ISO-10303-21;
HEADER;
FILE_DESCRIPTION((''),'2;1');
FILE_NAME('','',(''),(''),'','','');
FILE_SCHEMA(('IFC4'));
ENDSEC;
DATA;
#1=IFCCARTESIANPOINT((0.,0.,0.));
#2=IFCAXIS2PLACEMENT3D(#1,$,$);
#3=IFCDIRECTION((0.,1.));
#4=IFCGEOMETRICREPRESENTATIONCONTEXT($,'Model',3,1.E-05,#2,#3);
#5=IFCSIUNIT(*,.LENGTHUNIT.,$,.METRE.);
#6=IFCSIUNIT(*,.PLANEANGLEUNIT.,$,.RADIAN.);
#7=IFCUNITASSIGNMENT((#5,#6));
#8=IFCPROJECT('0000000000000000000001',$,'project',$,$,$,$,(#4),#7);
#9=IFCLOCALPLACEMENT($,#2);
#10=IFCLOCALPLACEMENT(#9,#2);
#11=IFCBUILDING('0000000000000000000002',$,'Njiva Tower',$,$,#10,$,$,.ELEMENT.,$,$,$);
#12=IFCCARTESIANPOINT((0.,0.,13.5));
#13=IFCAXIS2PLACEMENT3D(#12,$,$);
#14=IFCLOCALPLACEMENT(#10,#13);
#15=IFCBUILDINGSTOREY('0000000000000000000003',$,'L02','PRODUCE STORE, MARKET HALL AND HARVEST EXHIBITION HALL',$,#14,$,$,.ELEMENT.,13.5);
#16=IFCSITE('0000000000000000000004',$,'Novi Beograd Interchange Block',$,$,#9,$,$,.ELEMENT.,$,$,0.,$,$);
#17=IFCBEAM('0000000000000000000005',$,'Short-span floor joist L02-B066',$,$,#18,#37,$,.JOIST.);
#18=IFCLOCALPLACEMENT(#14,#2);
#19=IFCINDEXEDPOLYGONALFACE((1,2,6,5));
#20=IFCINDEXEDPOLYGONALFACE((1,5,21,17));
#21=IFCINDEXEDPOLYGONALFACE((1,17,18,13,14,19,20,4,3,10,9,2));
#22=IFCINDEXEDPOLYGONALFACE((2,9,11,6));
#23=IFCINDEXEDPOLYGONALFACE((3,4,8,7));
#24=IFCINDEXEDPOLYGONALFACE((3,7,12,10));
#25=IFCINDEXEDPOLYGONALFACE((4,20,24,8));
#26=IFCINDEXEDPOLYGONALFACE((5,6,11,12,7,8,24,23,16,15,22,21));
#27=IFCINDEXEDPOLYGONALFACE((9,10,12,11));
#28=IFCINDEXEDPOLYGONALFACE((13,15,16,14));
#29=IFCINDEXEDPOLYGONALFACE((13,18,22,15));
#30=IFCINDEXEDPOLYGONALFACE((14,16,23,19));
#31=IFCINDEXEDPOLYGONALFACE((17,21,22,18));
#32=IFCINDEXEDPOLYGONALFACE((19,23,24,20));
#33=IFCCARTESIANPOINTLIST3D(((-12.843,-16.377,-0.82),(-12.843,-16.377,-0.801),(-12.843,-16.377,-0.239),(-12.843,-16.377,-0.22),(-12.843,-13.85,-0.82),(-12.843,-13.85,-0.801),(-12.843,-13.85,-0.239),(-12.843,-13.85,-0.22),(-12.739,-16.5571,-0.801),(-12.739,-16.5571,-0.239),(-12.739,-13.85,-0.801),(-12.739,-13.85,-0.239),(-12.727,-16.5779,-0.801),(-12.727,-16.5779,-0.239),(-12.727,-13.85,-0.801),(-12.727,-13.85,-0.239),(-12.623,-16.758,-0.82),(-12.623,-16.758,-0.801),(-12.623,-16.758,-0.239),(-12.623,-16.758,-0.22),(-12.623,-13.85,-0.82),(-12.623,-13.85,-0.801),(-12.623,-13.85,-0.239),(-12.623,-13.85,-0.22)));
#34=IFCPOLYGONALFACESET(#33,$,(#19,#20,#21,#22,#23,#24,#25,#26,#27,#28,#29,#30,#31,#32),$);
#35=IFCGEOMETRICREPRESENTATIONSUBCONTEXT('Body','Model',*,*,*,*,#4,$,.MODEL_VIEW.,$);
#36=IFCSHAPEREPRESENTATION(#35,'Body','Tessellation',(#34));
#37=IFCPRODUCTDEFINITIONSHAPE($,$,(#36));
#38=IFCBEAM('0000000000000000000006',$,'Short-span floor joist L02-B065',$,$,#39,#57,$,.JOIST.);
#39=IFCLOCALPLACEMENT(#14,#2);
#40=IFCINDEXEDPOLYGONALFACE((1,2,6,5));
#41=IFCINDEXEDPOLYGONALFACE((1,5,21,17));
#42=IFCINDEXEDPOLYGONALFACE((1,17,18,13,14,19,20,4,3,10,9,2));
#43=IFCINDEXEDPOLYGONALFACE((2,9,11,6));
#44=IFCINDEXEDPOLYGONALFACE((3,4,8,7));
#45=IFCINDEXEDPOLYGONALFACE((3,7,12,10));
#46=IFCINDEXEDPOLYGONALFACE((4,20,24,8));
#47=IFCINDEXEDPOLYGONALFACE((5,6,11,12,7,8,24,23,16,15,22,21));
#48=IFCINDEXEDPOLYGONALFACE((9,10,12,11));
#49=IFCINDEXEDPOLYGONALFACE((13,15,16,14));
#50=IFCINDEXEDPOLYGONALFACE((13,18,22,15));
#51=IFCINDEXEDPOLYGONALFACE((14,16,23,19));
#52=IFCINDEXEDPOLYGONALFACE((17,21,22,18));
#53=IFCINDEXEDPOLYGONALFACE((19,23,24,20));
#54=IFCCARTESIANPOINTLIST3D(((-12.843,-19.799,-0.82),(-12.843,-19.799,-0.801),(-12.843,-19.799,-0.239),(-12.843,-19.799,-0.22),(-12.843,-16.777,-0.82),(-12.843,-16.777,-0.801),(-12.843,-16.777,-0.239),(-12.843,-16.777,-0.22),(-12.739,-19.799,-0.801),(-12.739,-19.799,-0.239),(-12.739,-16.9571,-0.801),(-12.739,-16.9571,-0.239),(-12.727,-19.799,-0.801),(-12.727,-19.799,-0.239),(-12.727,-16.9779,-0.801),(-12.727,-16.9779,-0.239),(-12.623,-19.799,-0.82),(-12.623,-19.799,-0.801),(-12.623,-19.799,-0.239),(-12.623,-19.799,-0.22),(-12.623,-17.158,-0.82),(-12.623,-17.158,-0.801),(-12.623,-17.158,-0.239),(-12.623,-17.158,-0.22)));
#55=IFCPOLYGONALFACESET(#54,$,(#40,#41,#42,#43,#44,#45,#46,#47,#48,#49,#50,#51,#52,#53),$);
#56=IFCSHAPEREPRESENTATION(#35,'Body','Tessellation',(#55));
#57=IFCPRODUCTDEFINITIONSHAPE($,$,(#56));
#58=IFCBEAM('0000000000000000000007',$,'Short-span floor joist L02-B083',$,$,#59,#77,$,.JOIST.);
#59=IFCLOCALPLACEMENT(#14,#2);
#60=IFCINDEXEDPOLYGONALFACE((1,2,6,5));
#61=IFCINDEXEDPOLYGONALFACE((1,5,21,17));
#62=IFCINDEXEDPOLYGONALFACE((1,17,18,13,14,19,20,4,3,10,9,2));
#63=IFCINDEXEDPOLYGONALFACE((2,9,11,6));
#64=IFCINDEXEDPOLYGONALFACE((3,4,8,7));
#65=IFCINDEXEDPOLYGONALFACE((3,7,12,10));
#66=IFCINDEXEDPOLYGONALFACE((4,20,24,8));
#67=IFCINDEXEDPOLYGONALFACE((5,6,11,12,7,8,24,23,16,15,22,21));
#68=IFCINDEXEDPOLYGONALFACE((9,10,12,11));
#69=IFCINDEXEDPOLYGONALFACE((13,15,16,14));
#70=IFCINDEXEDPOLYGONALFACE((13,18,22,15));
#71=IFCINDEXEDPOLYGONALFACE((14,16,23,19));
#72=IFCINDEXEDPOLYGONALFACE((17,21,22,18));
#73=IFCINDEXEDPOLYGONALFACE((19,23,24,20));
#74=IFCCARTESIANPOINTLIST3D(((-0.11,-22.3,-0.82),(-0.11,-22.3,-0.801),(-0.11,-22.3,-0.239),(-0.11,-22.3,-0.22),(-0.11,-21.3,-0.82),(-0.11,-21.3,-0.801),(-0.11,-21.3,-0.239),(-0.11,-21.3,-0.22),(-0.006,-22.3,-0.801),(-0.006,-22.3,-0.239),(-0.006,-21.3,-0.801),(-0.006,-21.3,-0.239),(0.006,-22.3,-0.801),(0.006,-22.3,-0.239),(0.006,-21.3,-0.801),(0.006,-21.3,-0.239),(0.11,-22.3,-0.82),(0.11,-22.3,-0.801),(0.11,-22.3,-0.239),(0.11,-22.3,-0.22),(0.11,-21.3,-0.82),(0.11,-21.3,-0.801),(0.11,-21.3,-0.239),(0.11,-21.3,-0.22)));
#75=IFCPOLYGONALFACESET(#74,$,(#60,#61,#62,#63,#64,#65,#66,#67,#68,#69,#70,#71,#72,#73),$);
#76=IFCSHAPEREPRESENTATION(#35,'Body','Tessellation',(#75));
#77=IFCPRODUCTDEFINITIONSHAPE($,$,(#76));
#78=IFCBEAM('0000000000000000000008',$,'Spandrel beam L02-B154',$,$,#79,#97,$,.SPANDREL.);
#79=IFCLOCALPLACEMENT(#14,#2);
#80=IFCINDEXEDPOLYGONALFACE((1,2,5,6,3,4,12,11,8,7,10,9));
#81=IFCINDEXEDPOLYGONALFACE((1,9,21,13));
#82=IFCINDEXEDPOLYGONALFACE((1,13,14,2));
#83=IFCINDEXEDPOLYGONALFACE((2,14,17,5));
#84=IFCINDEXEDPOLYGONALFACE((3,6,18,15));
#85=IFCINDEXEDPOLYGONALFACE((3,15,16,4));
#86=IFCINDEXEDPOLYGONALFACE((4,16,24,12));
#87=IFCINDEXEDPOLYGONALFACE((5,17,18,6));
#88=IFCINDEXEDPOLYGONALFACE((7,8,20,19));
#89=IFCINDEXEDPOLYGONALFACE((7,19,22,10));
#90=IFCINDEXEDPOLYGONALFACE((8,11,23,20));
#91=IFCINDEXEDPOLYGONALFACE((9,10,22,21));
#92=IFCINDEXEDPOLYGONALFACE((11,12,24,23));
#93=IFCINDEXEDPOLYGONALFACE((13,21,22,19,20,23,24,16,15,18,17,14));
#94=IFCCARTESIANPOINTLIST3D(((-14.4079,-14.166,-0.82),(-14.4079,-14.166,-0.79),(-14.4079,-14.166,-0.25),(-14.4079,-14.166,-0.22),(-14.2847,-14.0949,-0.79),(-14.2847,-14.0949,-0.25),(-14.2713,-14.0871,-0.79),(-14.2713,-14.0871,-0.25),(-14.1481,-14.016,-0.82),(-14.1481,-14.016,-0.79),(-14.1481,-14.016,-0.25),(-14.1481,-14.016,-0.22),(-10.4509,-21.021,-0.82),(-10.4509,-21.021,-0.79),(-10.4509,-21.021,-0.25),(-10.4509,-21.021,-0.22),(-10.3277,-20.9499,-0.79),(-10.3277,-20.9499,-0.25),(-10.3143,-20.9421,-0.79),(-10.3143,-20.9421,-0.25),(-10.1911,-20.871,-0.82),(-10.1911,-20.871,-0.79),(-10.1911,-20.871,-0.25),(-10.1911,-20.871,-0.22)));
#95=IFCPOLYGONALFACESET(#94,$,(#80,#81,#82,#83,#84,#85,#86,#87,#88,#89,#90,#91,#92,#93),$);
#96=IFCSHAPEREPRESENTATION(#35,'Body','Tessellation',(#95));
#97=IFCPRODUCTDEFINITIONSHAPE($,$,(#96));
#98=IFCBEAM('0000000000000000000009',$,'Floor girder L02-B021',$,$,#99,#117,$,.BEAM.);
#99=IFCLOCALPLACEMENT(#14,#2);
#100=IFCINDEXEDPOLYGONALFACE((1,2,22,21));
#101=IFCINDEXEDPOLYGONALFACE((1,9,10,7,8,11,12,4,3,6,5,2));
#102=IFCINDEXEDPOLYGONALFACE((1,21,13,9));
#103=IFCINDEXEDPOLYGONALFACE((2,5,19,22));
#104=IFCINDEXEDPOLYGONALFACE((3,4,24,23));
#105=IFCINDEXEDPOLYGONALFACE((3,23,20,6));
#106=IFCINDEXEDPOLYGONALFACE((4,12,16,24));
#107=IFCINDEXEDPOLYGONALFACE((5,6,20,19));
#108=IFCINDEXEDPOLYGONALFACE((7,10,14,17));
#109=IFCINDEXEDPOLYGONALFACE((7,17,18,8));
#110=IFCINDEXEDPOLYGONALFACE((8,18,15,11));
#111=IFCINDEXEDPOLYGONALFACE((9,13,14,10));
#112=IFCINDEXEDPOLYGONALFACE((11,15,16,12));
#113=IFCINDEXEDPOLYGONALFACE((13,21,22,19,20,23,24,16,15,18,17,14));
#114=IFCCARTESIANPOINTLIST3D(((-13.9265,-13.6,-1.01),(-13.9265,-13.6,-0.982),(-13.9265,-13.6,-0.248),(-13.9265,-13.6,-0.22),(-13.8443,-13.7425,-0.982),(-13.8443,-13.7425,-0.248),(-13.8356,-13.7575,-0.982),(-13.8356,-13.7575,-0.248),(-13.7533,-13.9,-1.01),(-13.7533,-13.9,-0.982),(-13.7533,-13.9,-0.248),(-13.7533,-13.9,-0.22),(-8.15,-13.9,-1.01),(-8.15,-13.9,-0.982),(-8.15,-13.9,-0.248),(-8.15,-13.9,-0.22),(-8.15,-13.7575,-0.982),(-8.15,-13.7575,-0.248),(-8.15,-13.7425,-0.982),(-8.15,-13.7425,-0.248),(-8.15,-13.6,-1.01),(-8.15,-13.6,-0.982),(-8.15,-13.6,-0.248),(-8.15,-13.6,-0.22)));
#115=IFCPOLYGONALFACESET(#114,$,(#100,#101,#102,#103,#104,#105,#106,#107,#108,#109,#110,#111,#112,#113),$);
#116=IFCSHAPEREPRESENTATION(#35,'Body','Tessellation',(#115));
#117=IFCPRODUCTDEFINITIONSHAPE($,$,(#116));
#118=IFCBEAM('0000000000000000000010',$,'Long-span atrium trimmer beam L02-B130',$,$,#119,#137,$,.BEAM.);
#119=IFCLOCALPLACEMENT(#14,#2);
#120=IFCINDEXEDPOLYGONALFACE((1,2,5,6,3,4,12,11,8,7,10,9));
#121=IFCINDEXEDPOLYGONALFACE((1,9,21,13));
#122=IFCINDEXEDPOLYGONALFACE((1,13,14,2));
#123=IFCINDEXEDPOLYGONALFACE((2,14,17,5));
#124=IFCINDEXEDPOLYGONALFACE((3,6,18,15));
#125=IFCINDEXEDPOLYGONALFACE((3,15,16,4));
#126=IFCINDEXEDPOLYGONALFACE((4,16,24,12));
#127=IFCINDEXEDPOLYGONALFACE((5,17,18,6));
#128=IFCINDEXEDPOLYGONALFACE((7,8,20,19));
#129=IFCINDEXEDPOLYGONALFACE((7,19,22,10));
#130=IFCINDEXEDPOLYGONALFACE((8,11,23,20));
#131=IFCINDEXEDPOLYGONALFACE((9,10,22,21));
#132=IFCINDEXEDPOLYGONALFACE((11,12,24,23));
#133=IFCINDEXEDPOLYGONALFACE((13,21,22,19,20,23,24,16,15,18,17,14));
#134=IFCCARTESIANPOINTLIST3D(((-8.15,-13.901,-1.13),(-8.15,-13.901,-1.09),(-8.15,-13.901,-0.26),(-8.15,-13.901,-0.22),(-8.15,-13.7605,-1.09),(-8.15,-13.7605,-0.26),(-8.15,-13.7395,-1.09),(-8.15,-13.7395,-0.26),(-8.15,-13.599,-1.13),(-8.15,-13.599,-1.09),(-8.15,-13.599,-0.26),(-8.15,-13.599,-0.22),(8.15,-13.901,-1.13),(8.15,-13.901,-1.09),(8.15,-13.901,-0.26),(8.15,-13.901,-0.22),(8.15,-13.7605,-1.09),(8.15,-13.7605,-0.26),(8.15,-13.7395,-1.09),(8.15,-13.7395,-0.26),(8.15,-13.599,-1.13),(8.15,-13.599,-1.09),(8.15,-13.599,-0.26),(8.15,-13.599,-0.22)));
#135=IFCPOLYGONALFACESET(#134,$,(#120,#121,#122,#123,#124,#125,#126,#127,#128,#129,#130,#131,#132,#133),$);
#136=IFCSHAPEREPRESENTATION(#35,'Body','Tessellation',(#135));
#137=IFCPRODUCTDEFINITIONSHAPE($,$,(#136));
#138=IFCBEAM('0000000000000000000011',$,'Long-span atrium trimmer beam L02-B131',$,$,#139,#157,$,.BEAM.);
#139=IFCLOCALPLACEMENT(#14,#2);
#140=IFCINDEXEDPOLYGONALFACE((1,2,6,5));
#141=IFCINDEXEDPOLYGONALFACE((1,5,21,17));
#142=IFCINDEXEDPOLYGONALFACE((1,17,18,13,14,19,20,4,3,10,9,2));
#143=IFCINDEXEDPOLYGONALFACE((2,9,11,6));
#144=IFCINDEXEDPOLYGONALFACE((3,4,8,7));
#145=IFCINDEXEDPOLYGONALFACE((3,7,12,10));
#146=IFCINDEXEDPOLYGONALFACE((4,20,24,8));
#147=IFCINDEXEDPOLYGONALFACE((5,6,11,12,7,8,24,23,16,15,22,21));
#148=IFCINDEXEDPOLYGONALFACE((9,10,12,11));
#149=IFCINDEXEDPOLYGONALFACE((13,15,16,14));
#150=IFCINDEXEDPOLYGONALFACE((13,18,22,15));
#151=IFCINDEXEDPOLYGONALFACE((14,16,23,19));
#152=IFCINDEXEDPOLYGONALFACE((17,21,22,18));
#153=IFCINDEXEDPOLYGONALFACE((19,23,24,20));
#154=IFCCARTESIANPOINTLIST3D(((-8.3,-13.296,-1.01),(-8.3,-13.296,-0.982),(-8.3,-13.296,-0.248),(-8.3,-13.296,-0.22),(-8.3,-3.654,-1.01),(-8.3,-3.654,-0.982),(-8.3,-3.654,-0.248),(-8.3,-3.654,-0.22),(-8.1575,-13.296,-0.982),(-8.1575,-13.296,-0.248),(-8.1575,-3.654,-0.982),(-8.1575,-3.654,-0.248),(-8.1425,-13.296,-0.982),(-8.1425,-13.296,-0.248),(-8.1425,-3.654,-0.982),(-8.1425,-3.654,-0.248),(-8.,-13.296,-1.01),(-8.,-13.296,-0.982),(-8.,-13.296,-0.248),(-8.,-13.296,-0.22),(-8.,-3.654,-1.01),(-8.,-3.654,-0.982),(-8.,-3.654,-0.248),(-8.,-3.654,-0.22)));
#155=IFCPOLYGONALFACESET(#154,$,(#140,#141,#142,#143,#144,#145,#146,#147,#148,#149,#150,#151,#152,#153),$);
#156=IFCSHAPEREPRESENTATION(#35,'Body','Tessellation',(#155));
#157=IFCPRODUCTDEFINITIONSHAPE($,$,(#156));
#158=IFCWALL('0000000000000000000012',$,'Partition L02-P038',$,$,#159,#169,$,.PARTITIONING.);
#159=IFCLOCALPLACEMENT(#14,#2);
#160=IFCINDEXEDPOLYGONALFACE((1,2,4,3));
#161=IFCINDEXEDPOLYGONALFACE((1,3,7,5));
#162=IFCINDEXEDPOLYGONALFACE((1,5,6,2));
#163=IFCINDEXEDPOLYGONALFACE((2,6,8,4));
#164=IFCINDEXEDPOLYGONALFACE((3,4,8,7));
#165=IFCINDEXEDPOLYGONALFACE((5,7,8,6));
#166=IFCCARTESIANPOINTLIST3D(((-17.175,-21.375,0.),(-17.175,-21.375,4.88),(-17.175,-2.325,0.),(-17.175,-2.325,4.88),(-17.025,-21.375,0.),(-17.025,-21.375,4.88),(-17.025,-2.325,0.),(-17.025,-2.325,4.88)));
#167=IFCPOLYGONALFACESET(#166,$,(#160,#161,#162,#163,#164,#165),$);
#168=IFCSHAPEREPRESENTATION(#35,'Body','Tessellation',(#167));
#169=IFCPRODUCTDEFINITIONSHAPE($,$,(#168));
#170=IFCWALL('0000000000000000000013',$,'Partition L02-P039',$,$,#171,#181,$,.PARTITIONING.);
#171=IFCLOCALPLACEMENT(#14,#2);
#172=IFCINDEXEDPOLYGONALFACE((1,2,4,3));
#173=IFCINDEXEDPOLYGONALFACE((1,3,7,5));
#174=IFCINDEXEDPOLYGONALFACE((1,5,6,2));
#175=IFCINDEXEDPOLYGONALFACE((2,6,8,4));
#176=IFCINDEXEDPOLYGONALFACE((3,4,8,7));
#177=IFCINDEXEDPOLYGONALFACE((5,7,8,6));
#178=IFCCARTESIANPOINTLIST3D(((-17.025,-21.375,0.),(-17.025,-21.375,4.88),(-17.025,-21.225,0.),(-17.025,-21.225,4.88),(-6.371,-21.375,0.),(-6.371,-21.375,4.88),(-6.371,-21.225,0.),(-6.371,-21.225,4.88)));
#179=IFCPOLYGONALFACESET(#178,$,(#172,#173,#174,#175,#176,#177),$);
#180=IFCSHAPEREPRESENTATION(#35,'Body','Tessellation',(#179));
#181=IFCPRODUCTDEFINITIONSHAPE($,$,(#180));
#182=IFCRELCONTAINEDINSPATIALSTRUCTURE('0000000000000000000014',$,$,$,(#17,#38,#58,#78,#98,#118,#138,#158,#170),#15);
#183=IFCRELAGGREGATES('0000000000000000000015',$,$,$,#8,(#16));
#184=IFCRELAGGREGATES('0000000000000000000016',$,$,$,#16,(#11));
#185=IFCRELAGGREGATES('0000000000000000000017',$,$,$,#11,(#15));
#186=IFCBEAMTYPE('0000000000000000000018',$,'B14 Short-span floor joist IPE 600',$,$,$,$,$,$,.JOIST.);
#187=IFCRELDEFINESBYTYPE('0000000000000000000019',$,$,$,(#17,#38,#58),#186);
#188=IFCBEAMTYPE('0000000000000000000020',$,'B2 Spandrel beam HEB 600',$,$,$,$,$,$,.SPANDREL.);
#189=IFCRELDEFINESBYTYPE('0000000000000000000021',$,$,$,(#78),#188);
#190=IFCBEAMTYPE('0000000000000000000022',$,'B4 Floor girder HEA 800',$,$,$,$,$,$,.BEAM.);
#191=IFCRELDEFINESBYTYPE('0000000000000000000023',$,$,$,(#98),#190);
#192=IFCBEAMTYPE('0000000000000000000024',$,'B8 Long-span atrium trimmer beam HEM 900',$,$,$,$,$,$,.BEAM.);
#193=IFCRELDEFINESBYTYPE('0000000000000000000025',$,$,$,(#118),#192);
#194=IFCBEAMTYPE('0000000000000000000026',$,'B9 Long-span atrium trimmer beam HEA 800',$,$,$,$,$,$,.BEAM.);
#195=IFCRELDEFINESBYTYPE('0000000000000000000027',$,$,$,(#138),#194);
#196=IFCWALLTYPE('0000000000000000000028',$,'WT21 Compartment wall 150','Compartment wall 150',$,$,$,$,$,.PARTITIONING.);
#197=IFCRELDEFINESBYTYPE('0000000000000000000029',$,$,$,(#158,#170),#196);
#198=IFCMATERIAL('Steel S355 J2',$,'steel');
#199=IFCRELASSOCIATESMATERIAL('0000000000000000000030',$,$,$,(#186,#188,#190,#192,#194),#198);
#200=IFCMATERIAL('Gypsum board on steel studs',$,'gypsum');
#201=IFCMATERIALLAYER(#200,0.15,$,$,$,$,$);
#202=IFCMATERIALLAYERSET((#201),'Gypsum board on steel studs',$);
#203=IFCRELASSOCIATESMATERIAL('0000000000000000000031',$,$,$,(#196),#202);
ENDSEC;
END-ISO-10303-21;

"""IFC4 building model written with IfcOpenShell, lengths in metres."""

from ifc_helpers import new_model, si_unit, direction, frame, frame_2d, origin, origin_2d, place, context, subcontext, project, spatial, rectangle, i_section, extrude, clip, halfspace, material, layer, layer_set, material_profile, profile_set, type_object, element, save


model = new_model("IFC4")

# Units and contexts
model_context = context("Model", 3, precision=1e-05, world=origin(), true_north=direction((0.0, 1.0)))
body_context = subcontext(model_context, "Body", "Model", "MODEL_VIEW")
ifc_project = project(units=[si_unit("LENGTHUNIT", "METRE"), si_unit("PLANEANGLEUNIT", "RADIAN")], contexts=[model_context])

# Site, building, storey
site_placement = place(None, origin())
site = spatial("IfcSite", under=ifc_project, at=site_placement, Name="Novi Beograd Interchange Block", CompositionType="ELEMENT", RefElevation=0.0)
building_placement = place(site_placement, origin())
building = spatial("IfcBuilding", under=site, at=building_placement, Name="Njiva Tower", CompositionType="ELEMENT")
storey_placement = place(building_placement, frame((0.0, 0.0, 13.5)))
storey = spatial("IfcBuildingStorey", under=building, at=storey_placement, Name="L02", Description="PRODUCE STORE, MARKET HALL AND HARVEST EXHIBITION HALL", CompositionType="ELEMENT", Elevation=13.5)

# Shared definitions
ifc_material_1 = material(Name="Steel S355 J2", Category="steel")

# Beams
ifc_material_profile_1 = material_profile(ifc_material_1, i_section(OverallWidth=0.22, OverallDepth=0.6, WebThickness=0.012, FlangeThickness=0.019, at=origin_2d()), Name="IPE 600")
ifc_profile_set_1 = profile_set([ifc_material_profile_1], Name="Steel S355 J2")
beam_type_1 = type_object("IfcBeamType", Name="B14 Short-span floor joist IPE 600", PredefinedType="JOIST", material=ifc_profile_set_1)
beam_1_placement = place(storey_placement, frame((-12.733, -13.85, -0.52), z_axis=(0.0, -1.0, 0.0), x_axis=(1.0, 0.0, 0.0)))
element("IfcBeam", 1, at=beam_1_placement, inside=storey, type_object=beam_type_1, Name="Short-span floor joist L02-B066", PredefinedType="JOIST", context=body_context, shape_type="Clipping", body=[
    clip(extrude(i_section(OverallWidth=0.22, OverallDepth=0.6, WebThickness=0.012, FlangeThickness=0.019, at=origin_2d()), origin(), (0.0, 0.0, 1.0), 2.928), halfspace(frame((-0.0436, 0.0, 2.642), z_axis=(-0.866027, 0.0, 0.499998), x_axis=(0.0, 1.0, 0.0)), False)),
])
beam_2_placement = place(storey_placement, frame((-12.733, -16.756, -0.52), z_axis=(0.0, -1.0, 0.0), x_axis=(1.0, 0.0, 0.0)))
element("IfcBeam", 2, at=beam_2_placement, inside=storey, type_object=beam_type_1, Name="Short-span floor joist L02-B065", PredefinedType="JOIST", context=body_context, shape_type="Clipping", body=[
    clip(extrude(i_section(OverallWidth=0.22, OverallDepth=0.6, WebThickness=0.012, FlangeThickness=0.019, at=origin_2d()), origin(), (0.0, 0.0, 1.0), 3.043), halfspace(frame((0.043, 0.0, 0.286), z_axis=(0.866027, 0.0, -0.499998), x_axis=(0.0, -1.0, 0.0)), False)),
])
beam_3_placement = place(storey_placement, frame((0.0, -21.3, -0.52), z_axis=(0.0, -1.0, 0.0), x_axis=(1.0, 0.0, 0.0)))
element("IfcBeam", 3, at=beam_3_placement, inside=storey, type_object=beam_type_1, Name="Short-span floor joist L02-B083", PredefinedType="JOIST", context=body_context, shape_type="SweptSolid", body=[
    extrude(i_section(OverallWidth=0.22, OverallDepth=0.6, WebThickness=0.012, FlangeThickness=0.019, at=origin_2d()), origin(), (0.0, 0.0, 1.0), 1.0),
])
ifc_material_profile_2 = material_profile(ifc_material_1, i_section(OverallWidth=0.3, OverallDepth=0.6, WebThickness=0.0155, FlangeThickness=0.03, at=origin_2d()), Name="HEB 600")
ifc_profile_set_2 = profile_set([ifc_material_profile_2], Name="Steel S355 J2")
beam_type_2 = type_object("IfcBeamType", Name="B2 Spandrel beam HEB 600", PredefinedType="SPANDREL", material=ifc_profile_set_2)
beam_4_placement = place(storey_placement, frame((-14.278, -14.091, -0.52), z_axis=(0.49993, -0.866066, 0.0), x_axis=(0.866066, 0.49993, 0.0)))
element("IfcBeam", 4, at=beam_4_placement, inside=storey, type_object=beam_type_2, Name="Spandrel beam L02-B154", PredefinedType="SPANDREL", context=body_context, shape_type="SweptSolid", body=[
    extrude(i_section(OverallWidth=0.3, OverallDepth=0.6, WebThickness=0.0155, FlangeThickness=0.03, at=origin_2d()), origin(), (0.0, 0.0, 1.0), 7.9151),
])
ifc_material_profile_3 = material_profile(ifc_material_1, i_section(OverallWidth=0.3, OverallDepth=0.79, WebThickness=0.015, FlangeThickness=0.028, at=origin_2d()), Name="HEA 800")
ifc_profile_set_3 = profile_set([ifc_material_profile_3], Name="Steel S355 J2")
beam_type_3 = type_object("IfcBeamType", Name="B4 Floor girder HEA 800", PredefinedType="BEAM", material=ifc_profile_set_3)
beam_5_placement = place(storey_placement, frame((-13.947, -13.75, -0.615), z_axis=(1.0, 0.0, 0.0), x_axis=(0.0, 1.0, 0.0)))
element("IfcBeam", 5, at=beam_5_placement, inside=storey, type_object=beam_type_3, Name="Floor girder L02-B021", PredefinedType="BEAM", context=body_context, shape_type="Clipping", body=[
    clip(extrude(i_section(OverallWidth=0.3, OverallDepth=0.79, WebThickness=0.015, FlangeThickness=0.028, at=origin_2d()), origin(), (0.0, 0.0, 1.0), 5.797), halfspace(frame((-0.025, 0.0, 0.1215), z_axis=(-0.499998, 0.0, -0.866027), x_axis=(0.0, -1.0, 0.0)), False)),
])
ifc_material_profile_4 = material_profile(ifc_material_1, i_section(OverallWidth=0.302, OverallDepth=0.91, WebThickness=0.021, FlangeThickness=0.04, at=origin_2d()), Name="HEM 900")
ifc_profile_set_4 = profile_set([ifc_material_profile_4], Name="Steel S355 J2")
beam_type_4 = type_object("IfcBeamType", Name="B8 Long-span atrium trimmer beam HEM 900", PredefinedType="BEAM", material=ifc_profile_set_4)
beam_6_placement = place(storey_placement, frame((-8.15, -13.75, -0.675), z_axis=(1.0, 0.0, 0.0), x_axis=(0.0, 1.0, 0.0)))
element("IfcBeam", 6, at=beam_6_placement, inside=storey, type_object=beam_type_4, Name="Long-span atrium trimmer beam L02-B130", PredefinedType="BEAM", context=body_context, shape_type="SweptSolid", body=[
    extrude(i_section(OverallWidth=0.302, OverallDepth=0.91, WebThickness=0.021, FlangeThickness=0.04, at=origin_2d()), origin(), (0.0, 0.0, 1.0), 16.3),
])
ifc_material_profile_5 = material_profile(ifc_material_1, i_section(OverallWidth=0.3, OverallDepth=0.79, WebThickness=0.015, FlangeThickness=0.028, at=origin_2d()), Name="HEA 800")
ifc_profile_set_5 = profile_set([ifc_material_profile_5], Name="Steel S355 J2")
beam_type_5 = type_object("IfcBeamType", Name="B9 Long-span atrium trimmer beam HEA 800", PredefinedType="BEAM", material=ifc_profile_set_5)
beam_7_placement = place(storey_placement, frame((-8.15, -3.654, -0.615), z_axis=(0.0, -1.0, 0.0), x_axis=(1.0, 0.0, 0.0)))
element("IfcBeam", 7, at=beam_7_placement, inside=storey, type_object=beam_type_5, Name="Long-span atrium trimmer beam L02-B131", PredefinedType="BEAM", context=body_context, shape_type="SweptSolid", body=[
    extrude(i_section(OverallWidth=0.3, OverallDepth=0.79, WebThickness=0.015, FlangeThickness=0.028, at=origin_2d()), origin(), (0.0, 0.0, 1.0), 9.642),
])

# Walls
ifc_material_2 = material(Name="Gypsum board on steel studs", Category="gypsum")
ifc_layer_1 = layer(ifc_material_2, 0.15)
ifc_layer_set_1 = layer_set([ifc_layer_1], Name="Gypsum board on steel studs")
wall_type_1 = type_object("IfcWallType", Name="WT21 Compartment wall 150", Description="Compartment wall 150", PredefinedType="PARTITIONING", material=ifc_layer_set_1)
wall_1_placement = place(storey_placement, frame((-17.1, -21.375, 0.0), z_axis=(0.0, 0.0, 1.0), x_axis=(0.0, 1.0, 0.0)))
element("IfcWall", 8, at=wall_1_placement, inside=storey, type_object=wall_type_1, Name="Partition L02-P038", PredefinedType="PARTITIONING", context=body_context, shape_type="SweptSolid", body=[
    extrude(rectangle(XDim=19.05, YDim=0.15, at=frame_2d((9.525, 0.0))), origin(), (0.0, 0.0, 1.0), 4.88),
])
wall_2_placement = place(storey_placement, frame((-17.025, -21.3, 0.0), z_axis=(0.0, 0.0, 1.0), x_axis=(1.0, 0.0, 0.0)))
element("IfcWall", 9, at=wall_2_placement, inside=storey, type_object=wall_type_1, Name="Partition L02-P039", PredefinedType="PARTITIONING", context=body_context, shape_type="SweptSolid", body=[
    extrude(rectangle(XDim=10.654, YDim=0.15, at=frame_2d((5.327, 0.0))), origin(), (0.0, 0.0, 1.0), 4.88),
])

save(model, "model.ifc")
